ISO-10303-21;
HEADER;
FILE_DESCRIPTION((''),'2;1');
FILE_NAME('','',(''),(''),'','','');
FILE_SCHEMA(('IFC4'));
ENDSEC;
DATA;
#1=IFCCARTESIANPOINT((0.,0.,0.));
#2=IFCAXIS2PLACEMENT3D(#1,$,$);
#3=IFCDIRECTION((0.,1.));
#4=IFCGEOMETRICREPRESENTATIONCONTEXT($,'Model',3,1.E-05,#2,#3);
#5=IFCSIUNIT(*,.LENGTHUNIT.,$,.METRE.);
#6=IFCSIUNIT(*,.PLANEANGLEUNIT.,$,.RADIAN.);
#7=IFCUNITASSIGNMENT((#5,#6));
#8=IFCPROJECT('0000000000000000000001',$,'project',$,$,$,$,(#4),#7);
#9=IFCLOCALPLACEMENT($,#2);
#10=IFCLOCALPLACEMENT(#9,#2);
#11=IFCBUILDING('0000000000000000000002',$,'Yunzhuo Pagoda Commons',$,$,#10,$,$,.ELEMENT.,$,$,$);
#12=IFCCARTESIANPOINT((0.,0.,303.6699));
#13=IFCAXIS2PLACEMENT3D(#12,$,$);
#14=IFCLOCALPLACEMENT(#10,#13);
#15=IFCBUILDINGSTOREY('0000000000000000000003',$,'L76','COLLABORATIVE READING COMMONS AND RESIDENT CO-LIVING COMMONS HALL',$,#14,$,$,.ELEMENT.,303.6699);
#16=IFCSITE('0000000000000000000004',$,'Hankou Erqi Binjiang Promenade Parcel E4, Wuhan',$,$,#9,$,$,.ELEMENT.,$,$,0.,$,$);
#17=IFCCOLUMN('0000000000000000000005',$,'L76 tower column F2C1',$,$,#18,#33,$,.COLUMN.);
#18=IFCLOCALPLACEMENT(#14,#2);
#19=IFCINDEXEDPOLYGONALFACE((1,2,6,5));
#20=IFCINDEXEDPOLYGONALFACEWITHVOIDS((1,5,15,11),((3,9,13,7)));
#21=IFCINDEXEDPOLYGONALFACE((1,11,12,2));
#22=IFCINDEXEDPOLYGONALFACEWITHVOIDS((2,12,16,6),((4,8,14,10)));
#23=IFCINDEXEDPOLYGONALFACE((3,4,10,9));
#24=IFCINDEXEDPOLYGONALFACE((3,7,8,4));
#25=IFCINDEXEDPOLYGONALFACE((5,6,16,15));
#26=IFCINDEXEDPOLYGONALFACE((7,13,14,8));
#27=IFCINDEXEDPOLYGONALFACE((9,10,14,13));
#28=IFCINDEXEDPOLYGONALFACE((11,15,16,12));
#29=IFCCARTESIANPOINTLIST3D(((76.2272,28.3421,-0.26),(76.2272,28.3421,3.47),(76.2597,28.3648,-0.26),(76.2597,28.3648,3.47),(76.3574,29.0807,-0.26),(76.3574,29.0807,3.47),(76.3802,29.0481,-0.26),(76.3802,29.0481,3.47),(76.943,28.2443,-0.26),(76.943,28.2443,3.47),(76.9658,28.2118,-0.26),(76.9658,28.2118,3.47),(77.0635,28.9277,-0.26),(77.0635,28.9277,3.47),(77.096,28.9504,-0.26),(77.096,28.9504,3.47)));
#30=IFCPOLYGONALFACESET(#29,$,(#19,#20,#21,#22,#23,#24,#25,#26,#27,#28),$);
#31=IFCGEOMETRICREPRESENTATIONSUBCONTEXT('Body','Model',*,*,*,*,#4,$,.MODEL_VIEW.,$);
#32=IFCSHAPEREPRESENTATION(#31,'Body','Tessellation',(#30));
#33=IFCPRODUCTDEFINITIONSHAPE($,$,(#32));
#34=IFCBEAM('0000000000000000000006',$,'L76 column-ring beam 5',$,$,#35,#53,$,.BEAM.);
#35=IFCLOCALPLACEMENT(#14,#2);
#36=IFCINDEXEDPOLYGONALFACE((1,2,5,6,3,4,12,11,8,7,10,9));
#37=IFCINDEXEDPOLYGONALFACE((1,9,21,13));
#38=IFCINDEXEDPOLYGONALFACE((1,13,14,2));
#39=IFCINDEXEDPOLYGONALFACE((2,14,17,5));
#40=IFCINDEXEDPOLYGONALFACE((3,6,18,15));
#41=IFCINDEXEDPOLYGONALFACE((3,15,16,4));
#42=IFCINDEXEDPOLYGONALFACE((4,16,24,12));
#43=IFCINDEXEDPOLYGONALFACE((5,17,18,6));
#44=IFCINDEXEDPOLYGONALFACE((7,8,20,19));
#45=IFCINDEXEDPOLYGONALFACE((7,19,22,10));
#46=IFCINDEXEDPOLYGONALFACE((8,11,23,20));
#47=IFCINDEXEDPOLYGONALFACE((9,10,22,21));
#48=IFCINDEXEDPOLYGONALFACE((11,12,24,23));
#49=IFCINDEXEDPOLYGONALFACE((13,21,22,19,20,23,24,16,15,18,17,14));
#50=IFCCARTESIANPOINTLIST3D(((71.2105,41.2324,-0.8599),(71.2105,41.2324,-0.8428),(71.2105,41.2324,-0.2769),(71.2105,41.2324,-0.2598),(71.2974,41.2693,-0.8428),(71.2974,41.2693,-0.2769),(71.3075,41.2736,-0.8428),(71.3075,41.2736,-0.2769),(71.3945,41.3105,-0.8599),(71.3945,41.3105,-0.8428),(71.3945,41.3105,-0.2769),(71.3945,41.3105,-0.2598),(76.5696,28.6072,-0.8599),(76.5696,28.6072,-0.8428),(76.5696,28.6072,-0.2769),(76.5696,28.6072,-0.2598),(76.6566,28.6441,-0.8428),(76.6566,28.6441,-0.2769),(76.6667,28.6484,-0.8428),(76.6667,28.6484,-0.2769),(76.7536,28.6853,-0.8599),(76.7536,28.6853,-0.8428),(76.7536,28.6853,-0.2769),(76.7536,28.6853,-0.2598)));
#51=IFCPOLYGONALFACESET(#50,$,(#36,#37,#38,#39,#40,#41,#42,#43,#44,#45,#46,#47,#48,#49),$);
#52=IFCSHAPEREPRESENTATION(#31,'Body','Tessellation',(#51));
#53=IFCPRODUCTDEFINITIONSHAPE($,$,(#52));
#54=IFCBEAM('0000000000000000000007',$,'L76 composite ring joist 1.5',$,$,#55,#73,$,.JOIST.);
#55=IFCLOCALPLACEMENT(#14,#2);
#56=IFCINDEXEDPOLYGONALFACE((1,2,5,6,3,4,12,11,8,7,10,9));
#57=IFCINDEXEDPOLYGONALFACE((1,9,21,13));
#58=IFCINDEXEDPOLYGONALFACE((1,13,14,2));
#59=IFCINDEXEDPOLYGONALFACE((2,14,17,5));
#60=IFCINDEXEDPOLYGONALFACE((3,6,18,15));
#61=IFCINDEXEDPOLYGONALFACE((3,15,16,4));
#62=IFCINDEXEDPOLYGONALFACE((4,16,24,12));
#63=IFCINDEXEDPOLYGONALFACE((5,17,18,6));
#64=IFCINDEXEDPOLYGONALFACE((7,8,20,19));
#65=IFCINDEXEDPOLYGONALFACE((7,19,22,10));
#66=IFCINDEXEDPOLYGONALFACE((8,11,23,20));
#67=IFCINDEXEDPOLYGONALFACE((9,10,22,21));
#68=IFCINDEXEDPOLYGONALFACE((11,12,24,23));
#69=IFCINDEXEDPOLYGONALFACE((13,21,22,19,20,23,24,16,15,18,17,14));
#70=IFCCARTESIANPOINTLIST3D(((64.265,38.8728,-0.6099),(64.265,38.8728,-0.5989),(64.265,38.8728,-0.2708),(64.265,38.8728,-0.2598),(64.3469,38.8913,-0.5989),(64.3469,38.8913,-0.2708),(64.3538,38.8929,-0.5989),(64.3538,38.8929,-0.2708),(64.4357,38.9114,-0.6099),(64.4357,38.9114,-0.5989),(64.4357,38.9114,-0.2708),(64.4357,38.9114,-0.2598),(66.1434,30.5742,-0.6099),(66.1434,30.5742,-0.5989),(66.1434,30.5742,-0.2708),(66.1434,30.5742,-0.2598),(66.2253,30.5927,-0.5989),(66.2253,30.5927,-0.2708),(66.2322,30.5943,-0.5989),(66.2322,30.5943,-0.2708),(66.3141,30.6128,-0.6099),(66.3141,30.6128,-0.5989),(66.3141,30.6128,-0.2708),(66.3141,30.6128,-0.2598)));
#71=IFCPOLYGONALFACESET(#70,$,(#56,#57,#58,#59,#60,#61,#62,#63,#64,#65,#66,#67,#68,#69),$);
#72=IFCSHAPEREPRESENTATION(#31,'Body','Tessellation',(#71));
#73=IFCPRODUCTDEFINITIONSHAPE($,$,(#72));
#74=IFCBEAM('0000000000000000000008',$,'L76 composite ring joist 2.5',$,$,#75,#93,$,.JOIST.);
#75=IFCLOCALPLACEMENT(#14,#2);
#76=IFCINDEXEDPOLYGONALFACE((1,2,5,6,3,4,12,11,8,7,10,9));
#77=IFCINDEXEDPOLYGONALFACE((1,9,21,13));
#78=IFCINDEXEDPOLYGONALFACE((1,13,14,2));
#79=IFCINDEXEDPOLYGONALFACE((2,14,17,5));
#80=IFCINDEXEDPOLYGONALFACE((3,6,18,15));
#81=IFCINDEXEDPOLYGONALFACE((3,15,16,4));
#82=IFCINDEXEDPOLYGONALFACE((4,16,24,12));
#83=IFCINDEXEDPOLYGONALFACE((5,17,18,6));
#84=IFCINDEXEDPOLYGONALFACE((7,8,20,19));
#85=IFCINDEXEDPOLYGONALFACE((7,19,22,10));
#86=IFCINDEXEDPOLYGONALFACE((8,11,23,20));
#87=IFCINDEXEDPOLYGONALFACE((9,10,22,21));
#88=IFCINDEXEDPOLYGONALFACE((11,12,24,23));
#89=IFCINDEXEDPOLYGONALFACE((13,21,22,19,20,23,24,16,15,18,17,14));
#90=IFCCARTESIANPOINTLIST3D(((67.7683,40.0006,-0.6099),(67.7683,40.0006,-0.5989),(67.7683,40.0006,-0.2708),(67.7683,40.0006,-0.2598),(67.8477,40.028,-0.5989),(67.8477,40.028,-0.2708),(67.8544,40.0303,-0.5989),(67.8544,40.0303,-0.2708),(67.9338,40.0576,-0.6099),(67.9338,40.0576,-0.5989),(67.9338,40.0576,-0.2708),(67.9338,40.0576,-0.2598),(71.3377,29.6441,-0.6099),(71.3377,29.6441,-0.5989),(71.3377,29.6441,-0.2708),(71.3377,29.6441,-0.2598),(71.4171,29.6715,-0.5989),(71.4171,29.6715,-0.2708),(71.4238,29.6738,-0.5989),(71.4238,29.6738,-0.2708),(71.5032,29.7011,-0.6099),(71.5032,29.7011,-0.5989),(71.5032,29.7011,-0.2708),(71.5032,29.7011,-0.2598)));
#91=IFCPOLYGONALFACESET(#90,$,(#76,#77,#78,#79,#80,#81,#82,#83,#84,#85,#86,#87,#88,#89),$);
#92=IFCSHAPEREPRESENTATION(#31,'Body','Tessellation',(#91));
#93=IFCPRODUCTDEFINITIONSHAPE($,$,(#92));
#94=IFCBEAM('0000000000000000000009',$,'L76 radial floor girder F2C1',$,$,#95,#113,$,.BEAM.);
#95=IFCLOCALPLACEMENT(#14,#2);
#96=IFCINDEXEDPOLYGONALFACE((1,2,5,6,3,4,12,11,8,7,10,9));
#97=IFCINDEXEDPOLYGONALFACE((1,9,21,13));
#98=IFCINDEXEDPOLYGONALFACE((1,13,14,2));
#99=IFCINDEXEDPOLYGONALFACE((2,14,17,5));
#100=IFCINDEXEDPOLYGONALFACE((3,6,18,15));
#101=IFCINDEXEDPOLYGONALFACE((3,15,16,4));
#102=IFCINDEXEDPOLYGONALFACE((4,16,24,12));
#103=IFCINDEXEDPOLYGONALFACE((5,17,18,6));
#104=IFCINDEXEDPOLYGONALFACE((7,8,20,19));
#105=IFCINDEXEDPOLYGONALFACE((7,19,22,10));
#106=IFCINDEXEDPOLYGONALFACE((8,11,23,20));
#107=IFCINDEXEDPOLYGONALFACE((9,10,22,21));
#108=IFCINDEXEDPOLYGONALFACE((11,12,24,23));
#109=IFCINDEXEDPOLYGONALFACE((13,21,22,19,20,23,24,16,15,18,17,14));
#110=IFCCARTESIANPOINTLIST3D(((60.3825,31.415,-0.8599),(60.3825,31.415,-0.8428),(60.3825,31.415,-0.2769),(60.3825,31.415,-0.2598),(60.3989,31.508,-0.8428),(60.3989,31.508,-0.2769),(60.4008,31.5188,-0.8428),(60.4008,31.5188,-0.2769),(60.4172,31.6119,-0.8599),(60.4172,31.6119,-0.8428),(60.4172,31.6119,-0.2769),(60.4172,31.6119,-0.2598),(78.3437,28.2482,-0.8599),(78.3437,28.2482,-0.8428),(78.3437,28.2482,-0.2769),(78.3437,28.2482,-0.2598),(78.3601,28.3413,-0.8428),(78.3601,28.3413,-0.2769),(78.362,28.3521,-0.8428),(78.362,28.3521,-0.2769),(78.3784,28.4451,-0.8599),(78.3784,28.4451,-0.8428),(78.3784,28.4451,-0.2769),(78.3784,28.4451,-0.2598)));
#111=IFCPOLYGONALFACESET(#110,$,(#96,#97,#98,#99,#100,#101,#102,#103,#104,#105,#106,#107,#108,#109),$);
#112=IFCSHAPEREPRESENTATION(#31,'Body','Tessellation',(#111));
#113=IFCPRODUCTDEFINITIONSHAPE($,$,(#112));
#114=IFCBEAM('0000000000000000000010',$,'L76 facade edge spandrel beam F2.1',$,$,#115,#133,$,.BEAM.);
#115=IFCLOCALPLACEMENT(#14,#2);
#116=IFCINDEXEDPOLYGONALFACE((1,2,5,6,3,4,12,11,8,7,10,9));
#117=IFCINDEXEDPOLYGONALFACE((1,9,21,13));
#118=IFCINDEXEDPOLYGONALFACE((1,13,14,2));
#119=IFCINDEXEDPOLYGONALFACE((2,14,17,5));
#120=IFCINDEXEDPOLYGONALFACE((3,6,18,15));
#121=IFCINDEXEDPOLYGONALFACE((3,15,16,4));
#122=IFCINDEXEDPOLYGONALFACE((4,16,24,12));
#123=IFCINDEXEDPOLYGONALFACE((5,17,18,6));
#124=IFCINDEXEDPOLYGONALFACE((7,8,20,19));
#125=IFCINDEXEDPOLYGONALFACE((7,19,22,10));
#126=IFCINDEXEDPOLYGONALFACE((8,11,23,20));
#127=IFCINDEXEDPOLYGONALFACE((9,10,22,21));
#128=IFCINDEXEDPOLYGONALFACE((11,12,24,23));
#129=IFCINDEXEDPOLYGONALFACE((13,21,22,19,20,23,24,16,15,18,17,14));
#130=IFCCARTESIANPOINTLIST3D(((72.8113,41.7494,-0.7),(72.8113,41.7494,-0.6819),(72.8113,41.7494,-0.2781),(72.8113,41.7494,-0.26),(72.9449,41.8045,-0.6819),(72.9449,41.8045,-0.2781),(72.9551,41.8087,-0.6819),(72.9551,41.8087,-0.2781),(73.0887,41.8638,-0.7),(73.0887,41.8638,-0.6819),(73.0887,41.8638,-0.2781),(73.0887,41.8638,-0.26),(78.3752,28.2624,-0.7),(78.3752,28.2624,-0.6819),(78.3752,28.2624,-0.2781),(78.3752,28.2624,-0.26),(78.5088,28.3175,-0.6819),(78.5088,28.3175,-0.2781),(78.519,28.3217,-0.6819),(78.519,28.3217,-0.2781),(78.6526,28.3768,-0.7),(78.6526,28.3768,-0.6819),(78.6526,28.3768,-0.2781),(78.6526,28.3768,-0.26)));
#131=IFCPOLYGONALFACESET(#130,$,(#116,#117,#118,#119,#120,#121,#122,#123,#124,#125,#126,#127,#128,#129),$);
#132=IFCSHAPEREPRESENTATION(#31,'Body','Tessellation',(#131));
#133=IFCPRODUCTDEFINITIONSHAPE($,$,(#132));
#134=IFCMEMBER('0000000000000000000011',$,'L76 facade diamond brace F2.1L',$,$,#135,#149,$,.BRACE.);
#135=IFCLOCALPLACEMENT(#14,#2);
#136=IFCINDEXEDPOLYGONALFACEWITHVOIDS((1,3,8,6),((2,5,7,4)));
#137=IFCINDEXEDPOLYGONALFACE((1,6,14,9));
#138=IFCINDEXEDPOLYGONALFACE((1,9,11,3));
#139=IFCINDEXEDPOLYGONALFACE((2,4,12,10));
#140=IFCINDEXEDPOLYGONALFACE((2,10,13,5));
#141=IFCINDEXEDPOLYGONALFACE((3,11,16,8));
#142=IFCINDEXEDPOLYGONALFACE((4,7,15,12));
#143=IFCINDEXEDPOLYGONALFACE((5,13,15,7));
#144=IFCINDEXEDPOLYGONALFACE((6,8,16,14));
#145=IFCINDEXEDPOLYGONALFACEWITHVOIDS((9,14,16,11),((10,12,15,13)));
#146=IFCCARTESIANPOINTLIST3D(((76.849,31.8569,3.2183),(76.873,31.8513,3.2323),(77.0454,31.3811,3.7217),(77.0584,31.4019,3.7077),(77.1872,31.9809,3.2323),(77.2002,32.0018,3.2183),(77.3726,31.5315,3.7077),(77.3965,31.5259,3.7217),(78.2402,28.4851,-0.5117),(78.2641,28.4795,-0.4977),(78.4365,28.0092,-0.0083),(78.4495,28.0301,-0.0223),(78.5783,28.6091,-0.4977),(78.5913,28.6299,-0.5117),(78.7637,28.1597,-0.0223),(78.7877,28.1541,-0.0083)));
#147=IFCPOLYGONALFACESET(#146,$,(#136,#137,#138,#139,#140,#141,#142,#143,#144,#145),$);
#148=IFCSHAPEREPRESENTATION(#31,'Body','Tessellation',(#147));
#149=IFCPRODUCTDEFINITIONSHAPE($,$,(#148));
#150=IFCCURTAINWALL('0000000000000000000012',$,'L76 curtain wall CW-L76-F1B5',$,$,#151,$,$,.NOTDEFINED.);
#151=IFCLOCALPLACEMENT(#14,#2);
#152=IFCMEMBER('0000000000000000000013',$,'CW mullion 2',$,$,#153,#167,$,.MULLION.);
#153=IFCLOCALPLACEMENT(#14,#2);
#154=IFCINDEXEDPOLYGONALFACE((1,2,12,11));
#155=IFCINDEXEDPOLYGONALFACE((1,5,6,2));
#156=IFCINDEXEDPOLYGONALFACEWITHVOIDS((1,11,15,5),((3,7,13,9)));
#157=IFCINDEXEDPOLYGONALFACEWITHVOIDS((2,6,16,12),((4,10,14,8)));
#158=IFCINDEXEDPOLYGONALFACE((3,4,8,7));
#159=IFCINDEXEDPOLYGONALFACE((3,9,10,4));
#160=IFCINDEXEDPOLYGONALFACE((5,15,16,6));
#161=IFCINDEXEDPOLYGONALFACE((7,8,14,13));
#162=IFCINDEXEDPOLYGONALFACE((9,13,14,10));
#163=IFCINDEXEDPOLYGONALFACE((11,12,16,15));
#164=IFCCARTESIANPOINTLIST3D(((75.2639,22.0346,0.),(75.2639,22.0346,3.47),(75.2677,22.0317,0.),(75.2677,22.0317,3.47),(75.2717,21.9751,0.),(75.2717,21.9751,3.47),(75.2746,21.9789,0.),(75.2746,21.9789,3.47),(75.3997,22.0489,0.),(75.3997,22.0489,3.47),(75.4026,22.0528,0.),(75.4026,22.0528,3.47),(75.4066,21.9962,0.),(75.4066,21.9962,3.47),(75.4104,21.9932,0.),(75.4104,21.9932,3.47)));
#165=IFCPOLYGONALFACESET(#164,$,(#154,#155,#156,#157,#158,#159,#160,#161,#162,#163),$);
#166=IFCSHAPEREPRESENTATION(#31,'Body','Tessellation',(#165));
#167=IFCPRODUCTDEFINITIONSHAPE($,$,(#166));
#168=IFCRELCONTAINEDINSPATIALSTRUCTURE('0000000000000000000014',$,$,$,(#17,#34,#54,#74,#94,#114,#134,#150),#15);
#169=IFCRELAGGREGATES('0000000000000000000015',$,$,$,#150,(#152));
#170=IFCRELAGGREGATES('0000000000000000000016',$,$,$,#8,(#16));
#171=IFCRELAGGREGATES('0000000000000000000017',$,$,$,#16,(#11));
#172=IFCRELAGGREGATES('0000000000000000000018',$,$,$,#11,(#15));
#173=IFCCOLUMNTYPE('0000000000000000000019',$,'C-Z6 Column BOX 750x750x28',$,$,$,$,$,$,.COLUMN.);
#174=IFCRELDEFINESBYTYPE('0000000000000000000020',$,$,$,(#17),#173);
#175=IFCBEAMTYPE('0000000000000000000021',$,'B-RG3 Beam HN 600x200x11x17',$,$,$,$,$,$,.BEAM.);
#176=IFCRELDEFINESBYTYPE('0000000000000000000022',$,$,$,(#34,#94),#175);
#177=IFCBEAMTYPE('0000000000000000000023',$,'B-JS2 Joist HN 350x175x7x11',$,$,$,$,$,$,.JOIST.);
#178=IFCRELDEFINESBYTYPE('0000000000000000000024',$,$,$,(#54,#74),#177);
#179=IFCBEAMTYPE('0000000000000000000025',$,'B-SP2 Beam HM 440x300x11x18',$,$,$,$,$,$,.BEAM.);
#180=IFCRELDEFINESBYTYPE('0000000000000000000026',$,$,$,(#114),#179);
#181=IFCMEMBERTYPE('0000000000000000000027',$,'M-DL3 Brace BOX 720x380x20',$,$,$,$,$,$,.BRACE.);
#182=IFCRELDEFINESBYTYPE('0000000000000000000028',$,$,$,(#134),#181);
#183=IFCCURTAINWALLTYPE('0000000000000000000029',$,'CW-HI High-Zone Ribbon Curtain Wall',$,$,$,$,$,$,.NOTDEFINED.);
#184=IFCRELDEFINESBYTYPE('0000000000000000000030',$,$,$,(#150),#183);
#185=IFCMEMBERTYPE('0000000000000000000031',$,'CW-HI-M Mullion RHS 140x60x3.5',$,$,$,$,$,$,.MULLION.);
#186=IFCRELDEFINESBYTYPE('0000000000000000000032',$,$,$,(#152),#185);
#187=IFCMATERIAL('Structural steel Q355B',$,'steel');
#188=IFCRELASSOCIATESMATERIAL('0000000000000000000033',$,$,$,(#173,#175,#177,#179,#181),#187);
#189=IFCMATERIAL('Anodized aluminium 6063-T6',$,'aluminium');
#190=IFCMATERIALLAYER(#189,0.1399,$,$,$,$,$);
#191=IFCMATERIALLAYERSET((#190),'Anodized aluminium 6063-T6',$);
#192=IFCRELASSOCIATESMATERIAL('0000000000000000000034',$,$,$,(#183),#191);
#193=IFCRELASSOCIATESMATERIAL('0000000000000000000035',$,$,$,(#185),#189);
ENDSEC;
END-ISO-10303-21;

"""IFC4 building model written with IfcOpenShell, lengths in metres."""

from ifc_helpers import new_model, si_unit, direction, frame, origin, origin_2d, place, context, subcontext, project, spatial, hollow_rectangle, i_section, extrude, source, transform, mapped, material, layer, layer_set, material_profile, profile_set, type_object, element, aggregate, save


model = new_model("IFC4")

# Units and contexts
model_context = context("Model", 3, precision=1e-05, world=origin(), true_north=direction((0.0, 1.0)))
body_context = subcontext(model_context, "Body", "Model", "MODEL_VIEW")
ifc_project = project(units=[si_unit("LENGTHUNIT", "METRE"), si_unit("PLANEANGLEUNIT", "RADIAN")], contexts=[model_context])

# Site, building, storey
site_placement = place(None, origin())
site = spatial("IfcSite", under=ifc_project, at=site_placement, Name="Hankou Erqi Binjiang Promenade Parcel E4, Wuhan", CompositionType="ELEMENT", RefElevation=0.0)
building_placement = place(site_placement, origin())
building = spatial("IfcBuilding", under=site, at=building_placement, Name="Yunzhuo Pagoda Commons", CompositionType="ELEMENT")
storey_placement = place(building_placement, frame((0.0, 0.0, 303.6699)))
storey = spatial("IfcBuildingStorey", under=building, at=storey_placement, Name="L76", Description="COLLABORATIVE READING COMMONS AND RESIDENT CO-LIVING COMMONS HALL", CompositionType="ELEMENT", Elevation=303.6699)

# Column
ifc_material_1 = material(Name="Structural steel Q355B", Category="steel")
ifc_material_profile_1 = material_profile(ifc_material_1, hollow_rectangle(XDim=0.75, YDim=0.75, WallThickness=0.0281, at=origin_2d()), Name="Structural steel Q355B")
ifc_profile_set_1 = profile_set([ifc_material_profile_1], Name="Structural steel Q355B")
column_type = type_object("IfcColumnType", Name="C-Z6 Column BOX 750x750x28", PredefinedType="COLUMN", material=ifc_profile_set_1)
shared_shape_1 = source(origin(), body_context, "Body", "SweptSolid", [
    extrude(hollow_rectangle(XDim=0.75, YDim=0.75, WallThickness=0.0281, at=origin_2d()), origin(), (0.0, 0.0, 1.0), 3.73),
])
column_placement = place(storey_placement, frame((76.6616, 28.6462, -0.26), z_axis=(0.0, 0.0, 1.0), x_axis=(0.173648, 0.984808, 0.0)))
element("IfcColumn", 1, at=column_placement, inside=storey, type_object=column_type, Name="L76 tower column F2C1", PredefinedType="COLUMN", context=body_context, shape_type="MappedRepresentation", body=[
    mapped(shared_shape_1, transform((0.0, 0.0, 0.0), scale=1.0)),
])

# Beams
ifc_material_profile_2 = material_profile(ifc_material_1, i_section(OverallWidth=0.2, OverallDepth=0.6001, WebThickness=0.011, FlangeThickness=0.0171, at=origin_2d()), Name="Structural steel Q355B")
ifc_profile_set_2 = profile_set([ifc_material_profile_2], Name="Structural steel Q355B")
beam_type_1 = type_object("IfcBeamType", Name="B-RG3 Beam HN 600x200x11x17", PredefinedType="BEAM", material=ifc_profile_set_2)
shared_shape_2 = source(origin(), body_context, "Body", "SweptSolid", [
    extrude(i_section(OverallWidth=0.2, OverallDepth=0.6001, WebThickness=0.011, FlangeThickness=0.0171, at=origin_2d()), origin(), (0.0, 0.0, 1.0), 13.7156),
])
beam_1_placement = place(storey_placement, frame((76.6616, 28.6462, -0.5598), z_axis=(-0.390733, 0.920504, 0.0), x_axis=(-0.920504, -0.390733, 0.0)))
element("IfcBeam", 2, at=beam_1_placement, inside=storey, type_object=beam_type_1, Name="L76 column-ring beam 5", PredefinedType="BEAM", context=body_context, shape_type="MappedRepresentation", body=[
    mapped(shared_shape_2, transform((0.0, 0.0, 0.0), scale=1.0)),
])
ifc_material_profile_3 = material_profile(ifc_material_1, i_section(OverallWidth=0.175, OverallDepth=0.3501, WebThickness=0.0071, FlangeThickness=0.011, at=origin_2d()), Name="Structural steel Q355B")
ifc_profile_set_3 = profile_set([ifc_material_profile_3], Name="Structural steel Q355B")
beam_type_2 = type_object("IfcBeamType", Name="B-JS2 Joist HN 350x175x7x11", PredefinedType="JOIST", material=ifc_profile_set_3)
shared_shape_3 = source(origin(), body_context, "Body", "SweptSolid", [
    extrude(i_section(OverallWidth=0.175, OverallDepth=0.3501, WebThickness=0.0071, FlangeThickness=0.011, at=origin_2d()), origin(), (0.0, 0.0, 1.0), 8.5085),
])
beam_2_placement = place(storey_placement, frame((66.2288, 30.5935, -0.4348), z_axis=(-0.220769, 0.975326, 0.0), x_axis=(-0.975326, -0.220769, 0.0)))
element("IfcBeam", 3, at=beam_2_placement, inside=storey, type_object=beam_type_2, Name="L76 composite ring joist 1.5", PredefinedType="JOIST", context=body_context, shape_type="MappedRepresentation", body=[
    mapped(shared_shape_3, transform((0.0, 0.0, 0.0), scale=1.0)),
])
shared_shape_4 = source(origin(), body_context, "Body", "SweptSolid", [
    extrude(i_section(OverallWidth=0.175, OverallDepth=0.3501, WebThickness=0.0071, FlangeThickness=0.011, at=origin_2d()), origin(), (0.0, 0.0, 1.0), 10.9543),
])
beam_3_placement = place(storey_placement, frame((71.4204, 29.6726, -0.4348), z_axis=(-0.32584, 0.945425, 0.0), x_axis=(-0.945425, -0.32584, 0.0)))
element("IfcBeam", 4, at=beam_3_placement, inside=storey, type_object=beam_type_2, Name="L76 composite ring joist 2.5", PredefinedType="JOIST", context=body_context, shape_type="MappedRepresentation", body=[
    mapped(shared_shape_4, transform((0.0, 0.0, 0.0), scale=1.0)),
])
shared_shape_5 = source(origin(), body_context, "Body", "SweptSolid", [
    extrude(i_section(OverallWidth=0.2, OverallDepth=0.6001, WebThickness=0.011, FlangeThickness=0.0171, at=origin_2d()), origin(), (0.0, 0.0, 1.0), 18.2383),
])
beam_4_placement = place(storey_placement, frame((78.3611, 28.3467, -0.5598), z_axis=(-0.98481, 0.173633, 0.0), x_axis=(-0.173633, -0.98481, 0.0)))
element("IfcBeam", 5, at=beam_4_placement, inside=storey, type_object=beam_type_1, Name="L76 radial floor girder F2C1", PredefinedType="BEAM", context=body_context, shape_type="MappedRepresentation", body=[
    mapped(shared_shape_5, transform((0.0, 0.0, 0.0), scale=1.0)),
])
ifc_material_profile_4 = material_profile(ifc_material_1, i_section(OverallWidth=0.3, OverallDepth=0.4399, WebThickness=0.011, FlangeThickness=0.0181, at=origin_2d()), Name="Structural steel Q355B")
ifc_profile_set_4 = profile_set([ifc_material_profile_4], Name="Structural steel Q355B")
beam_type_3 = type_object("IfcBeamType", Name="B-SP2 Beam HM 440x300x11x18", PredefinedType="BEAM", material=ifc_profile_set_4)
shared_shape_6 = source(origin(), body_context, "Body", "SweptSolid", [
    extrude(i_section(OverallWidth=0.3, OverallDepth=0.4399, WebThickness=0.011, FlangeThickness=0.0181, at=origin_2d()), origin(), (0.0, 0.0, 1.0), 14.5896),
])
beam_5_placement = place(storey_placement, frame((78.5139, 28.3196, -0.48), z_axis=(-0.381363, 0.924425, 0.0), x_axis=(-0.924425, -0.381363, 0.0)))
element("IfcBeam", 6, at=beam_5_placement, inside=storey, type_object=beam_type_3, Name="L76 facade edge spandrel beam F2.1", PredefinedType="BEAM", context=body_context, shape_type="MappedRepresentation", body=[
    mapped(shared_shape_6, transform((0.0, 0.0, 0.0), scale=1.0)),
])

# Member
ifc_material_profile_5 = material_profile(ifc_material_1, hollow_rectangle(XDim=0.3799, YDim=0.72, WallThickness=0.02, at=origin_2d()), Name="Structural steel Q355B")
ifc_profile_set_5 = profile_set([ifc_material_profile_5], Name="Structural steel Q355B")
member_type_1 = type_object("IfcMemberType", Name="M-DL3 Brace BOX 720x380x20", PredefinedType="BRACE", material=ifc_profile_set_5)
shared_shape_7 = source(origin(), body_context, "Body", "SweptSolid", [
    extrude(hollow_rectangle(XDim=0.3799, YDim=0.72, WallThickness=0.02, at=origin_2d()), origin(), (0.0, 0.0, 1.0), 5.217),
])
member_1_placement = place(storey_placement, frame((78.5139, 28.3196, -0.26), z_axis=(-0.26665, 0.646314, 0.714966), x_axis=(-0.924416, -0.381386, 0.0)))
element("IfcMember", 7, at=member_1_placement, inside=storey, type_object=member_type_1, Name="L76 facade diamond brace F2.1L", PredefinedType="BRACE", context=body_context, shape_type="MappedRepresentation", body=[
    mapped(shared_shape_7, transform((0.0, 0.0, 0.0), scale=1.0)),
])

# Curtain wall, member
ifc_material_2 = material(Name="Anodized aluminium 6063-T6", Category="aluminium")
ifc_layer_1 = layer(ifc_material_2, 0.1399)
ifc_layer_set_1 = layer_set([ifc_layer_1], Name="Anodized aluminium 6063-T6")
curtain_wall_type = type_object("IfcCurtainWallType", Name="CW-HI High-Zone Ribbon Curtain Wall", PredefinedType="NOTDEFINED", material=ifc_layer_set_1)
curtain_wall_1_placement = place(storey_placement, origin())
curtain_wall_1 = element("IfcCurtainWall", 8, at=curtain_wall_1_placement, inside=storey, type_object=curtain_wall_type, Name="L76 curtain wall CW-L76-F1B5", PredefinedType="NOTDEFINED")
ifc_material_profile_6 = material_profile(ifc_material_2, hollow_rectangle(XDim=0.0601, YDim=0.1399, WallThickness=0.0034, at=origin_2d()), Name="Anodized aluminium 6063-T6")
ifc_profile_set_6 = profile_set([ifc_material_profile_6], Name="Anodized aluminium 6063-T6")
member_type_2 = type_object("IfcMemberType", Name="CW-HI-M Mullion RHS 140x60x3.5", PredefinedType="MULLION", material=ifc_profile_set_6)
shared_shape_8 = source(origin(), body_context, "Body", "SweptSolid", [
    extrude(hollow_rectangle(XDim=0.0601, YDim=0.1399, WallThickness=0.0034, at=origin_2d()), origin(), (0.0, 0.0, 1.0), 3.47),
])
member_2_placement = place(storey_placement, frame((75.3372, 22.0139, 0.0), z_axis=(0.0, 0.0, 1.0), x_axis=(-0.129855, 0.991533, 0.0)))
member_2 = element("IfcMember", 9, at=member_2_placement, type_object=member_type_2, Name="CW mullion 2", PredefinedType="MULLION", context=body_context, shape_type="MappedRepresentation", body=[
    mapped(shared_shape_8, transform((0.0, 0.0, 0.0), scale=1.0)),
])

aggregate(curtain_wall_1, [member_2])

save(model, "model.ifc")
